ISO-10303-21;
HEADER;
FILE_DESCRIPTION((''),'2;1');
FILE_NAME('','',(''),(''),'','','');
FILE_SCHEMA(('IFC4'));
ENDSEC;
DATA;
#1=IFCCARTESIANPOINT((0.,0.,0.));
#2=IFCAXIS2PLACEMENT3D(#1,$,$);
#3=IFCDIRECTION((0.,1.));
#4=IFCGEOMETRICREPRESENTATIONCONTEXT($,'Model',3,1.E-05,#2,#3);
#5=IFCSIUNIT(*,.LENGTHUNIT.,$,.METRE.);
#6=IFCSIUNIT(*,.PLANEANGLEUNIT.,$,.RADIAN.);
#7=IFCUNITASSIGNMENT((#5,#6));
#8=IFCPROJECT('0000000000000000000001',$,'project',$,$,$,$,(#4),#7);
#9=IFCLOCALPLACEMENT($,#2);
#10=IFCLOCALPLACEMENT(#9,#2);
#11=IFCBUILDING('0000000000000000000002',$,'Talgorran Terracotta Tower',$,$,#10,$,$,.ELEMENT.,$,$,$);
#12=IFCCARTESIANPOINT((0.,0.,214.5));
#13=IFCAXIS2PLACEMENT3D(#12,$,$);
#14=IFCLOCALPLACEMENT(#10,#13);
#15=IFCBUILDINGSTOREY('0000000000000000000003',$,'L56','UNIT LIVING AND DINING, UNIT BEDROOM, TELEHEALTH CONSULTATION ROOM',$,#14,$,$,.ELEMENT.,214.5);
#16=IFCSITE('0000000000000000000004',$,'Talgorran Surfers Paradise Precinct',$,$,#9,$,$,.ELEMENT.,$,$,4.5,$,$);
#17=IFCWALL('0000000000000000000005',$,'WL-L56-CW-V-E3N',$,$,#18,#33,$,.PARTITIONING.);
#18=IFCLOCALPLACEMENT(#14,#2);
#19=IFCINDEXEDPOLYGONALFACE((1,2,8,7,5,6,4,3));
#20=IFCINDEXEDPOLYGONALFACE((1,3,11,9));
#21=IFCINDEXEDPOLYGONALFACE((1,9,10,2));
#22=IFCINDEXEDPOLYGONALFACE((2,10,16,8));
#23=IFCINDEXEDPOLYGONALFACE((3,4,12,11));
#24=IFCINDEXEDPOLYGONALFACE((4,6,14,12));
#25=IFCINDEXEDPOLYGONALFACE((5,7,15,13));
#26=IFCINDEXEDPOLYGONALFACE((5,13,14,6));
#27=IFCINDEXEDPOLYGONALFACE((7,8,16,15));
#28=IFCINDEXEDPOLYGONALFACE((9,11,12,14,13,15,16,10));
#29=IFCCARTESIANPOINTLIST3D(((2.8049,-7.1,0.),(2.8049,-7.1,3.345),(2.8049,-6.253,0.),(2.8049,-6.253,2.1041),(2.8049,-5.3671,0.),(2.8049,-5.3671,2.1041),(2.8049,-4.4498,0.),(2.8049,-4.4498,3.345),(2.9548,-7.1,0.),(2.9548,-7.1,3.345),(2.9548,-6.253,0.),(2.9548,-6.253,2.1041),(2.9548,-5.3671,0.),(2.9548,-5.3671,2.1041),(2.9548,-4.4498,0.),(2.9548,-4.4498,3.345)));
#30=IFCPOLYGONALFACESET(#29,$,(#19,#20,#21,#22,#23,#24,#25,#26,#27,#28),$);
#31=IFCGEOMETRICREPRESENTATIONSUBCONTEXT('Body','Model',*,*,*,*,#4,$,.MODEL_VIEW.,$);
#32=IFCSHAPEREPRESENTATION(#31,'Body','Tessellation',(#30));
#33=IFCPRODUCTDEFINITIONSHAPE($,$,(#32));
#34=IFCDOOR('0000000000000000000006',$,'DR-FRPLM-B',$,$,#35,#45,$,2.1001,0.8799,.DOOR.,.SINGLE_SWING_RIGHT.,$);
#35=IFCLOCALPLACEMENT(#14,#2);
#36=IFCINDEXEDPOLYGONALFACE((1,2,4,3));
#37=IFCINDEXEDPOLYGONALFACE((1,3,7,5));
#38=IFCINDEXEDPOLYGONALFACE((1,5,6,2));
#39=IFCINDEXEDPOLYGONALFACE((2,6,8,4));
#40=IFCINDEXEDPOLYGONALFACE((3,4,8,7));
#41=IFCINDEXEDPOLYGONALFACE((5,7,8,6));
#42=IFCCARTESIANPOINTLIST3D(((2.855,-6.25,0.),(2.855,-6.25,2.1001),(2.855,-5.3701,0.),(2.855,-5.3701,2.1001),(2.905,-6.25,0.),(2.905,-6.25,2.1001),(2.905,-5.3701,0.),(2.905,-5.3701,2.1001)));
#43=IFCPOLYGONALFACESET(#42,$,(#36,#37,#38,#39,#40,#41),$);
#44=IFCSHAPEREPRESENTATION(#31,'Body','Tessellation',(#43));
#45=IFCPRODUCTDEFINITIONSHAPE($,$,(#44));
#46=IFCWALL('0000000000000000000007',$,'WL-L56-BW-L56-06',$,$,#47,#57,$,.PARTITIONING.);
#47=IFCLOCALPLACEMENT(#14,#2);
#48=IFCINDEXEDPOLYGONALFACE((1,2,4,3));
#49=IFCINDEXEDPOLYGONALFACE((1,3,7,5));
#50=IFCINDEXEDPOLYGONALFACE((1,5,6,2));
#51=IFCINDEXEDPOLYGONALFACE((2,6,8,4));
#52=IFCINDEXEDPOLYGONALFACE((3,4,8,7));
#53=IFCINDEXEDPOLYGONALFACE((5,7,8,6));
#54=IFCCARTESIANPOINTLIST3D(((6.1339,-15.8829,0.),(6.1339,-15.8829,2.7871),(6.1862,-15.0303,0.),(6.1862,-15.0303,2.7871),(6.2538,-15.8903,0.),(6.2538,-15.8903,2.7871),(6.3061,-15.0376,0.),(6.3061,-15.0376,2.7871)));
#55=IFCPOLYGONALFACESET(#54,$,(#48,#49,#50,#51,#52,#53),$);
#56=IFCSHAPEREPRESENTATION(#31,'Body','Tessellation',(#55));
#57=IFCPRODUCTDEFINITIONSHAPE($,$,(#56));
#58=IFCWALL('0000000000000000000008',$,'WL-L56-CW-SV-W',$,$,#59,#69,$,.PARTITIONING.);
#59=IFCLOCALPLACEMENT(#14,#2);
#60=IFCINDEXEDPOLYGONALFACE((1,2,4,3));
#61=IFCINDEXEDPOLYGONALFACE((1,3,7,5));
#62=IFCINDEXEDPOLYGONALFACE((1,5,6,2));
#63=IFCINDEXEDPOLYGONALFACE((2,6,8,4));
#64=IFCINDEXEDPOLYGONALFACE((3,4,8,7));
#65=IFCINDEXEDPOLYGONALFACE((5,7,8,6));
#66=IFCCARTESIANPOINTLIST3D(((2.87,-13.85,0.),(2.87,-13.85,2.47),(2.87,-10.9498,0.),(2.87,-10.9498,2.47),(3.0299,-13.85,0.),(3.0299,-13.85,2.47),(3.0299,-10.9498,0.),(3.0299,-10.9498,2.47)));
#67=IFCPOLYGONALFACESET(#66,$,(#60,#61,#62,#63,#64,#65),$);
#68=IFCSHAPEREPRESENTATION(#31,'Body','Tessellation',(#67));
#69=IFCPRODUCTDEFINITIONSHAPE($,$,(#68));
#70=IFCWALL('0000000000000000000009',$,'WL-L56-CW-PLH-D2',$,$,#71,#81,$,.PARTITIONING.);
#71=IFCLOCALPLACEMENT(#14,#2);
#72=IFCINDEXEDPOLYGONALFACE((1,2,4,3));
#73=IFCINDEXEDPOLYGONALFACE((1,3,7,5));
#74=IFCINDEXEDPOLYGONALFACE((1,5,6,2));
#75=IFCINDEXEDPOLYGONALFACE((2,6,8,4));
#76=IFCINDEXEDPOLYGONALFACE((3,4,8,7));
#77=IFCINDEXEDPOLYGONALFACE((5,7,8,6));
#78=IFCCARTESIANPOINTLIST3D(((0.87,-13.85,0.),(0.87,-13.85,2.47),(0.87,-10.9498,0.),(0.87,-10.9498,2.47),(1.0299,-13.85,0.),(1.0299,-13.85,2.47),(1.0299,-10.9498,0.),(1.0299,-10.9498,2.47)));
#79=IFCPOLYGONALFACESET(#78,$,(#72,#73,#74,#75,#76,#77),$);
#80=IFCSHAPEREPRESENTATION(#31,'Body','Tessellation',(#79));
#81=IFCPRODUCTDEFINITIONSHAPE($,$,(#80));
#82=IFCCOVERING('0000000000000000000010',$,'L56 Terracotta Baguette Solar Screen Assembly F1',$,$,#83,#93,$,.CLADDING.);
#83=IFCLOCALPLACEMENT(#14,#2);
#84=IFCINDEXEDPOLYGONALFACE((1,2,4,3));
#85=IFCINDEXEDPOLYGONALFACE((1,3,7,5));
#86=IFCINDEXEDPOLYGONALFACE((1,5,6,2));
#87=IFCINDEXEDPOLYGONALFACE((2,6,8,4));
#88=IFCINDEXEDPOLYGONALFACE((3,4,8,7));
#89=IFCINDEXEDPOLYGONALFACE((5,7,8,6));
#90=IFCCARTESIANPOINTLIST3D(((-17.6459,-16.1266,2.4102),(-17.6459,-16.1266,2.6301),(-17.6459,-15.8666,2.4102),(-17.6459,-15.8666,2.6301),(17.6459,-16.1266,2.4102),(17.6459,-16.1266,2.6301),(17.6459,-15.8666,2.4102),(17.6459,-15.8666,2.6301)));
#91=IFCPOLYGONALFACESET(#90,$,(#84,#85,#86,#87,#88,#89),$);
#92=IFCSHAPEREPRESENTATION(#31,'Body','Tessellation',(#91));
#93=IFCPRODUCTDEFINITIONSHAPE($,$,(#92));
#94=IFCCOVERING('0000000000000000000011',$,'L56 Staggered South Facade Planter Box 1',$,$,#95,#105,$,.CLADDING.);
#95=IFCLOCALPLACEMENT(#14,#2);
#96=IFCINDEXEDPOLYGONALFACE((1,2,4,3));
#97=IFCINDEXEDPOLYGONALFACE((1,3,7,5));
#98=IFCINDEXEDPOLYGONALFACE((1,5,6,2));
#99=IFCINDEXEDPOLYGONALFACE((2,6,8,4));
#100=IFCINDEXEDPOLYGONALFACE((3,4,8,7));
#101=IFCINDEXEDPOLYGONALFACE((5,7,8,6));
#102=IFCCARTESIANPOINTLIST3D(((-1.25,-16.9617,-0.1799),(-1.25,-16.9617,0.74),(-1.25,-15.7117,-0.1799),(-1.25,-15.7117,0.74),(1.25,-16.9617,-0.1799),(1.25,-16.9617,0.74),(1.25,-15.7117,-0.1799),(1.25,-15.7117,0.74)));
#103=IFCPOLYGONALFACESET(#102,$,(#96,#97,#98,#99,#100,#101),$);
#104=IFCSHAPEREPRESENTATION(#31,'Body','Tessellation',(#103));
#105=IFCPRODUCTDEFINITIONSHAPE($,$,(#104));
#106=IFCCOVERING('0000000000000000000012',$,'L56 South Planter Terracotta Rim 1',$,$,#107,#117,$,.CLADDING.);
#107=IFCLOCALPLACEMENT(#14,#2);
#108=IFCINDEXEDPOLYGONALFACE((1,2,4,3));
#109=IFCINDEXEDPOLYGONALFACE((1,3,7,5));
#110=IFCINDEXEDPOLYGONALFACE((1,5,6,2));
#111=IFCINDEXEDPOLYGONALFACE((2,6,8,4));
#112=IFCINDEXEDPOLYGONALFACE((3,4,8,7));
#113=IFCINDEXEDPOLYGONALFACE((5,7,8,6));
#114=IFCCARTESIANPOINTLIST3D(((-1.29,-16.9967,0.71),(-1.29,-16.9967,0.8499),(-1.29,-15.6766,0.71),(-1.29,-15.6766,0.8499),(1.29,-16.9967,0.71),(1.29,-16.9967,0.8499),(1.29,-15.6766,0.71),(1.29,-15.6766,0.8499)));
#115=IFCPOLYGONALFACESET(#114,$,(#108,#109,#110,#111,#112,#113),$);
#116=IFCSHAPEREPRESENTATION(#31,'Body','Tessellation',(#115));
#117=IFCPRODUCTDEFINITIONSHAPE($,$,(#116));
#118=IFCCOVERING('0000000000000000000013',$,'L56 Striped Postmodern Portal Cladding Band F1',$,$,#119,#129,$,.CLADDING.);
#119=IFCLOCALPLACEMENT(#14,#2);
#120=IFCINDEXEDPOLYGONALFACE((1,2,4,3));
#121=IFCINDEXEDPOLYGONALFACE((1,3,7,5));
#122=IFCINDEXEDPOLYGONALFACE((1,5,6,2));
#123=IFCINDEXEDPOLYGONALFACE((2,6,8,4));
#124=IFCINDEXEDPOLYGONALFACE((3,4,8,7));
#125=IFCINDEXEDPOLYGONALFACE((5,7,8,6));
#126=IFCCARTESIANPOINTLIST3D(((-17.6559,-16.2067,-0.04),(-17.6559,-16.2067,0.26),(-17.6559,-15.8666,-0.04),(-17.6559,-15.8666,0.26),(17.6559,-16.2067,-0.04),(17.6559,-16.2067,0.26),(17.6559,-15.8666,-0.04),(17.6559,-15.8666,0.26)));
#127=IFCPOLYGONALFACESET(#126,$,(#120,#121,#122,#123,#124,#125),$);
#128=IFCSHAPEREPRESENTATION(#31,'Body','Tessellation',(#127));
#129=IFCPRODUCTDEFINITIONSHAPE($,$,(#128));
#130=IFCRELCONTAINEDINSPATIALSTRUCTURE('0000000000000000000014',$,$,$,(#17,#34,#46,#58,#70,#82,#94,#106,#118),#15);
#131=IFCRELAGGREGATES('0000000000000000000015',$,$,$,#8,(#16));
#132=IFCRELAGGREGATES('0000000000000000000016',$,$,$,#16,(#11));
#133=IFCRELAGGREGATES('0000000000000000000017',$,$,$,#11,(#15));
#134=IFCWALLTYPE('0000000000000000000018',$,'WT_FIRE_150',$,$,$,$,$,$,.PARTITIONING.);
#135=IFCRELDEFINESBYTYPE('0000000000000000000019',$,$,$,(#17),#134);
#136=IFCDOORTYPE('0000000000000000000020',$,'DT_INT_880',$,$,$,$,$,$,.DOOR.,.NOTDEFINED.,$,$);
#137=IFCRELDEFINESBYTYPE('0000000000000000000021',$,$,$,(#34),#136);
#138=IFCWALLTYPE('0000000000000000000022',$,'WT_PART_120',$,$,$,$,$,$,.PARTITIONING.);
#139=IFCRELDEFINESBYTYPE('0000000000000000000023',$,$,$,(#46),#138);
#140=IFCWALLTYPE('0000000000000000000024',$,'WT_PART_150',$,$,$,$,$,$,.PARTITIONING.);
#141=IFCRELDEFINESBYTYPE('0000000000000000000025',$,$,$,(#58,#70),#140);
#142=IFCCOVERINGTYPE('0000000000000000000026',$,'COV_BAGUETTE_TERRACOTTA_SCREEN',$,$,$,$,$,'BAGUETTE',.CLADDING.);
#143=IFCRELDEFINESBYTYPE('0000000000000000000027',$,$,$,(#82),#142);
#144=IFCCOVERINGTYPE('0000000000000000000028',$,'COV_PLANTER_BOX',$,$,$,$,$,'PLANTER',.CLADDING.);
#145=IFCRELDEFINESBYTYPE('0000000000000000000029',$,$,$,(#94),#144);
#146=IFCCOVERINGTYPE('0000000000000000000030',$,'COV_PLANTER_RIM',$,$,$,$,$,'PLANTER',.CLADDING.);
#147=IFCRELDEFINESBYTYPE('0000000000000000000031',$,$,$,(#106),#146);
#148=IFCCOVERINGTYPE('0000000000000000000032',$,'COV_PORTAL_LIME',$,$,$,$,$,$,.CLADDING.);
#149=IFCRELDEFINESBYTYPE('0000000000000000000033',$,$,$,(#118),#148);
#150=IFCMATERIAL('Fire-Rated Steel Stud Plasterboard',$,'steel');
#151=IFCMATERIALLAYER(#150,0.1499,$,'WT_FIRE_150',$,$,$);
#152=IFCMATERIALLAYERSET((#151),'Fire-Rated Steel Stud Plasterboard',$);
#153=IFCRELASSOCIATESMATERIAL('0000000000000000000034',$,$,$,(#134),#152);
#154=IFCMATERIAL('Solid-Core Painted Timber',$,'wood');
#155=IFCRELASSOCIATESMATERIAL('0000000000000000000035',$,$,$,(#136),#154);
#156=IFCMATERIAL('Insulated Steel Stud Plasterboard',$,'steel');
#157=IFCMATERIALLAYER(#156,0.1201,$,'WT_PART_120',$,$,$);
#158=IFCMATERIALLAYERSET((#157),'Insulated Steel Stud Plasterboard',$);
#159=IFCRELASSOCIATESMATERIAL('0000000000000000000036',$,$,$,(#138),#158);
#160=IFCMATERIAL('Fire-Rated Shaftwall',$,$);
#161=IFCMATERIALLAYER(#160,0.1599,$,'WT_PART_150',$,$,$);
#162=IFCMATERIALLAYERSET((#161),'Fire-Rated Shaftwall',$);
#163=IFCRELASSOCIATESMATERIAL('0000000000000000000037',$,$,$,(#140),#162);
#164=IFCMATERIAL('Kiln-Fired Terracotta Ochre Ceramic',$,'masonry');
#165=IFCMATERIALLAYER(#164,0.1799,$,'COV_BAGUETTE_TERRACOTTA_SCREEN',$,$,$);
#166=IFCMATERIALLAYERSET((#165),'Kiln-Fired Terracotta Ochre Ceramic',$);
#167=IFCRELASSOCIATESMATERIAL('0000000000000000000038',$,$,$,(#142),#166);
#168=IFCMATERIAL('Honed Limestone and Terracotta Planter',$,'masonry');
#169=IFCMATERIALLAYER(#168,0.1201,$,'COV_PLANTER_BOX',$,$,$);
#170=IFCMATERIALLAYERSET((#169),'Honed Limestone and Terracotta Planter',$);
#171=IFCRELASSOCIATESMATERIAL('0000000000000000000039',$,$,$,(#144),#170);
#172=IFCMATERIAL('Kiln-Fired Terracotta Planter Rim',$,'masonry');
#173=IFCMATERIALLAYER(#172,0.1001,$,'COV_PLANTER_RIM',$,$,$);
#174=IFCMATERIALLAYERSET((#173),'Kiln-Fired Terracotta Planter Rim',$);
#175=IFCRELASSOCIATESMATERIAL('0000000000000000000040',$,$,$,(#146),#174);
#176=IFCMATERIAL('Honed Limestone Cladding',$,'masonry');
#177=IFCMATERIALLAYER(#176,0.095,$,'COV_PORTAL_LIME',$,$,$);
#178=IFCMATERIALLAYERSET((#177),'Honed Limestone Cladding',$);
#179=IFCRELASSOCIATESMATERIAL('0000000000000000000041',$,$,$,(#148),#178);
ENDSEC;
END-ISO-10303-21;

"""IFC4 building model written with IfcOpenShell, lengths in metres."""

from ifc_helpers import new_model, si_unit, direction, frame, frame_2d, origin, origin_2d, place, context, subcontext, project, spatial, rectangle, extrude, material, layer, layer_set, type_object, element, fill, save


model = new_model("IFC4")

# Units and contexts
model_context = context("Model", 3, precision=1e-05, world=origin(), true_north=direction((0.0, 1.0)))
body_context = subcontext(model_context, "Body", "Model", "MODEL_VIEW")
ifc_project = project(units=[si_unit("LENGTHUNIT", "METRE"), si_unit("PLANEANGLEUNIT", "RADIAN")], contexts=[model_context])

# Site, building, storey
site_placement = place(None, origin())
site = spatial("IfcSite", under=ifc_project, at=site_placement, Name="Talgorran Surfers Paradise Precinct", CompositionType="ELEMENT", RefElevation=4.5)
building_placement = place(site_placement, origin())
building = spatial("IfcBuilding", under=site, at=building_placement, Name="Talgorran Terracotta Tower", CompositionType="ELEMENT")
storey_placement = place(building_placement, frame((0.0, 0.0, 214.5)))
storey = spatial("IfcBuildingStorey", under=building, at=storey_placement, Name="L56", Description="UNIT LIVING AND DINING, UNIT BEDROOM, TELEHEALTH CONSULTATION ROOM", CompositionType="ELEMENT", Elevation=214.5)

# Shared definitions
ifc_material_1 = material(Name="Fire-Rated Steel Stud Plasterboard", Category="steel")
ifc_layer_1 = layer(ifc_material_1, 0.1499, Name="WT_FIRE_150")
ifc_layer_set_1 = layer_set([ifc_layer_1], Name="Fire-Rated Steel Stud Plasterboard")
wall_type_1 = type_object("IfcWallType", Name="WT_FIRE_150", PredefinedType="PARTITIONING", material=ifc_layer_set_1)

# Wall, opening, door
wall_1_placement = place(storey_placement, frame((2.8799, -7.1001, 0.0), z_axis=(0.0, 0.0, 1.0), x_axis=(0.0, 1.0, 0.0)))
wall_1 = element("IfcWall", 1, at=wall_1_placement, inside=storey, type_object=wall_type_1, Name="WL-L56-CW-V-E3N", PredefinedType="PARTITIONING", context=body_context, shape_type="SweptSolid", body=[
    extrude(rectangle(XDim=2.6501, YDim=0.1499, at=frame_2d((1.3252, 0.0))), origin(), (0.0, 0.0, 1.0), 3.345),
])
opening_1_placement = place(wall_1_placement, frame((0.8501, 0.0, 0.0)))
opening_1 = element("IfcOpeningElement", 2, at=opening_1_placement, cuts=wall_1, PredefinedType="OPENING", context=body_context, shape_type="SweptSolid", body=[
    extrude(rectangle(XDim=0.8859, YDim=2.1041, at=frame_2d((0.4399, 1.052))), frame((0.0, 0.085, 0.0), z_axis=(0.0, -1.0, 0.0), x_axis=(1.0, 0.0, 0.0)), (0.0, 0.0, 1.0), 0.1699),
])
ifc_material_2 = material(Name="Solid-Core Painted Timber", Category="wood")
door_type_1 = type_object("IfcDoorType", Name="DT_INT_880", OperationType="NOTDEFINED", PredefinedType="DOOR", material=ifc_material_2)
door_1_placement = place(opening_1_placement, origin())
door_1 = element("IfcDoor", 3, at=door_1_placement, inside=storey, type_object=door_type_1, Name="DR-FRPLM-B", OperationType="SINGLE_SWING_RIGHT", OverallHeight=2.1001, OverallWidth=0.8799, PredefinedType="DOOR", context=body_context, shape_type="SweptSolid", body=[
    extrude(rectangle(XDim=0.8799, YDim=2.1001, at=frame_2d((0.4399, 1.05))), frame((0.0, 0.0249, 0.0), z_axis=(0.0, -1.0, 0.0), x_axis=(1.0, 0.0, 0.0)), (0.0, 0.0, 1.0), 0.05),
])
fill(opening_1, door_1)

# Walls
ifc_material_3 = material(Name="Insulated Steel Stud Plasterboard", Category="steel")
ifc_layer_2 = layer(ifc_material_3, 0.1201, Name="WT_PART_120")
ifc_layer_set_2 = layer_set([ifc_layer_2], Name="Insulated Steel Stud Plasterboard")
wall_type_2 = type_object("IfcWallType", Name="WT_PART_120", PredefinedType="PARTITIONING", material=ifc_layer_set_2)
wall_2_placement = place(storey_placement, frame((6.1938, -15.8867, 0.0), z_axis=(0.0, 0.0, 1.0), x_axis=(0.061168, 0.998127, 0.0)))
element("IfcWall", 4, at=wall_2_placement, inside=storey, type_object=wall_type_2, Name="WL-L56-BW-L56-06", PredefinedType="PARTITIONING", context=body_context, shape_type="SweptSolid", body=[
    extrude(rectangle(XDim=0.8542, YDim=0.1201, at=frame_2d((0.4272, 0.0))), origin(), (0.0, 0.0, 1.0), 2.7871),
])
ifc_material_4 = material(Name="Fire-Rated Shaftwall")
ifc_layer_3 = layer(ifc_material_4, 0.1599, Name="WT_PART_150")
ifc_layer_set_3 = layer_set([ifc_layer_3], Name="Fire-Rated Shaftwall")
wall_type_3 = type_object("IfcWallType", Name="WT_PART_150", PredefinedType="PARTITIONING", material=ifc_layer_set_3)
for number, where, z_axis, x_axis, name in (
    (5, (2.95, -13.8501, 0.0), (0.0, 0.0, 1.0), (0.0, 1.0, 0.0), "WL-L56-CW-SV-W"),
    (6, (0.95, -13.8501, 0.0), (0.0, 0.0, 1.0), (0.0, 1.0, 0.0), "WL-L56-CW-PLH-D2"),
):
    element("IfcWall", number, at=place(storey_placement, frame(where, z_axis=z_axis, x_axis=x_axis)), inside=storey, type_object=wall_type_3, Name=name, PredefinedType="PARTITIONING", context=body_context, shape_type="SweptSolid", body=[
        extrude(rectangle(XDim=2.9001, YDim=0.1599, at=frame_2d((1.4502, 0.0))), origin(), (0.0, 0.0, 1.0), 2.47),
    ])

# Coverings
ifc_material_5 = material(Name="Kiln-Fired Terracotta Ochre Ceramic", Category="masonry")
ifc_layer_4 = layer(ifc_material_5, 0.1799, Name="COV_BAGUETTE_TERRACOTTA_SCREEN")
ifc_layer_set_4 = layer_set([ifc_layer_4], Name="Kiln-Fired Terracotta Ochre Ceramic")
covering_type_1 = type_object("IfcCoveringType", Name="COV_BAGUETTE_TERRACOTTA_SCREEN", ElementType="BAGUETTE", PredefinedType="CLADDING", material=ifc_layer_set_4)
covering_1_placement = place(storey_placement, frame((0.0, -15.9966, 2.4102), z_axis=(0.0, 0.0, 1.0), x_axis=(1.0, 0.0, 0.0)))
element("IfcCovering", 7, at=covering_1_placement, inside=storey, type_object=covering_type_1, Name="L56 Terracotta Baguette Solar Screen Assembly F1", PredefinedType="CLADDING", context=body_context, shape_type="SweptSolid", body=[
    extrude(rectangle(XDim=35.2917, YDim=0.26, at=origin_2d()), origin(), (0.0, 0.0, 1.0), 0.22),
])
ifc_material_6 = material(Name="Honed Limestone and Terracotta Planter", Category="masonry")
ifc_layer_5 = layer(ifc_material_6, 0.1201, Name="COV_PLANTER_BOX")
ifc_layer_set_5 = layer_set([ifc_layer_5], Name="Honed Limestone and Terracotta Planter")
covering_type_2 = type_object("IfcCoveringType", Name="COV_PLANTER_BOX", ElementType="PLANTER", PredefinedType="CLADDING", material=ifc_layer_set_5)
covering_2_placement = place(storey_placement, frame((0.0, -16.3367, -0.1799), z_axis=(0.0, 0.0, 1.0), x_axis=(1.0, 0.0, 0.0)))
element("IfcCovering", 8, at=covering_2_placement, inside=storey, type_object=covering_type_2, Name="L56 Staggered South Facade Planter Box 1", PredefinedType="CLADDING", context=body_context, shape_type="SweptSolid", body=[
    extrude(rectangle(XDim=2.5, YDim=1.25, at=origin_2d()), origin(), (0.0, 0.0, 1.0), 0.9199),
])
ifc_material_7 = material(Name="Kiln-Fired Terracotta Planter Rim", Category="masonry")
ifc_layer_6 = layer(ifc_material_7, 0.1001, Name="COV_PLANTER_RIM")
ifc_layer_set_6 = layer_set([ifc_layer_6], Name="Kiln-Fired Terracotta Planter Rim")
covering_type_3 = type_object("IfcCoveringType", Name="COV_PLANTER_RIM", ElementType="PLANTER", PredefinedType="CLADDING", material=ifc_layer_set_6)
covering_3_placement = place(storey_placement, frame((0.0, -16.3367, 0.71), z_axis=(0.0, 0.0, 1.0), x_axis=(1.0, 0.0, 0.0)))
element("IfcCovering", 9, at=covering_3_placement, inside=storey, type_object=covering_type_3, Name="L56 South Planter Terracotta Rim 1", PredefinedType="CLADDING", context=body_context, shape_type="SweptSolid", body=[
    extrude(rectangle(XDim=2.5801, YDim=1.3201, at=origin_2d()), origin(), (0.0, 0.0, 1.0), 0.1399),
])
ifc_material_8 = material(Name="Honed Limestone Cladding", Category="masonry")
ifc_layer_7 = layer(ifc_material_8, 0.095, Name="COV_PORTAL_LIME")
ifc_layer_set_7 = layer_set([ifc_layer_7], Name="Honed Limestone Cladding")
covering_type_4 = type_object("IfcCoveringType", Name="COV_PORTAL_LIME", PredefinedType="CLADDING", material=ifc_layer_set_7)
covering_4_placement = place(storey_placement, frame((0.0, -16.0366, -0.04), z_axis=(0.0, 0.0, 1.0), x_axis=(1.0, 0.0, 0.0)))
element("IfcCovering", 10, at=covering_4_placement, inside=storey, type_object=covering_type_4, Name="L56 Striped Postmodern Portal Cladding Band F1", PredefinedType="CLADDING", context=body_context, shape_type="SweptSolid", body=[
    extrude(rectangle(XDim=35.3118, YDim=0.3401, at=origin_2d()), origin(), (0.0, 0.0, 1.0), 0.3),
])

save(model, "model.ifc")
